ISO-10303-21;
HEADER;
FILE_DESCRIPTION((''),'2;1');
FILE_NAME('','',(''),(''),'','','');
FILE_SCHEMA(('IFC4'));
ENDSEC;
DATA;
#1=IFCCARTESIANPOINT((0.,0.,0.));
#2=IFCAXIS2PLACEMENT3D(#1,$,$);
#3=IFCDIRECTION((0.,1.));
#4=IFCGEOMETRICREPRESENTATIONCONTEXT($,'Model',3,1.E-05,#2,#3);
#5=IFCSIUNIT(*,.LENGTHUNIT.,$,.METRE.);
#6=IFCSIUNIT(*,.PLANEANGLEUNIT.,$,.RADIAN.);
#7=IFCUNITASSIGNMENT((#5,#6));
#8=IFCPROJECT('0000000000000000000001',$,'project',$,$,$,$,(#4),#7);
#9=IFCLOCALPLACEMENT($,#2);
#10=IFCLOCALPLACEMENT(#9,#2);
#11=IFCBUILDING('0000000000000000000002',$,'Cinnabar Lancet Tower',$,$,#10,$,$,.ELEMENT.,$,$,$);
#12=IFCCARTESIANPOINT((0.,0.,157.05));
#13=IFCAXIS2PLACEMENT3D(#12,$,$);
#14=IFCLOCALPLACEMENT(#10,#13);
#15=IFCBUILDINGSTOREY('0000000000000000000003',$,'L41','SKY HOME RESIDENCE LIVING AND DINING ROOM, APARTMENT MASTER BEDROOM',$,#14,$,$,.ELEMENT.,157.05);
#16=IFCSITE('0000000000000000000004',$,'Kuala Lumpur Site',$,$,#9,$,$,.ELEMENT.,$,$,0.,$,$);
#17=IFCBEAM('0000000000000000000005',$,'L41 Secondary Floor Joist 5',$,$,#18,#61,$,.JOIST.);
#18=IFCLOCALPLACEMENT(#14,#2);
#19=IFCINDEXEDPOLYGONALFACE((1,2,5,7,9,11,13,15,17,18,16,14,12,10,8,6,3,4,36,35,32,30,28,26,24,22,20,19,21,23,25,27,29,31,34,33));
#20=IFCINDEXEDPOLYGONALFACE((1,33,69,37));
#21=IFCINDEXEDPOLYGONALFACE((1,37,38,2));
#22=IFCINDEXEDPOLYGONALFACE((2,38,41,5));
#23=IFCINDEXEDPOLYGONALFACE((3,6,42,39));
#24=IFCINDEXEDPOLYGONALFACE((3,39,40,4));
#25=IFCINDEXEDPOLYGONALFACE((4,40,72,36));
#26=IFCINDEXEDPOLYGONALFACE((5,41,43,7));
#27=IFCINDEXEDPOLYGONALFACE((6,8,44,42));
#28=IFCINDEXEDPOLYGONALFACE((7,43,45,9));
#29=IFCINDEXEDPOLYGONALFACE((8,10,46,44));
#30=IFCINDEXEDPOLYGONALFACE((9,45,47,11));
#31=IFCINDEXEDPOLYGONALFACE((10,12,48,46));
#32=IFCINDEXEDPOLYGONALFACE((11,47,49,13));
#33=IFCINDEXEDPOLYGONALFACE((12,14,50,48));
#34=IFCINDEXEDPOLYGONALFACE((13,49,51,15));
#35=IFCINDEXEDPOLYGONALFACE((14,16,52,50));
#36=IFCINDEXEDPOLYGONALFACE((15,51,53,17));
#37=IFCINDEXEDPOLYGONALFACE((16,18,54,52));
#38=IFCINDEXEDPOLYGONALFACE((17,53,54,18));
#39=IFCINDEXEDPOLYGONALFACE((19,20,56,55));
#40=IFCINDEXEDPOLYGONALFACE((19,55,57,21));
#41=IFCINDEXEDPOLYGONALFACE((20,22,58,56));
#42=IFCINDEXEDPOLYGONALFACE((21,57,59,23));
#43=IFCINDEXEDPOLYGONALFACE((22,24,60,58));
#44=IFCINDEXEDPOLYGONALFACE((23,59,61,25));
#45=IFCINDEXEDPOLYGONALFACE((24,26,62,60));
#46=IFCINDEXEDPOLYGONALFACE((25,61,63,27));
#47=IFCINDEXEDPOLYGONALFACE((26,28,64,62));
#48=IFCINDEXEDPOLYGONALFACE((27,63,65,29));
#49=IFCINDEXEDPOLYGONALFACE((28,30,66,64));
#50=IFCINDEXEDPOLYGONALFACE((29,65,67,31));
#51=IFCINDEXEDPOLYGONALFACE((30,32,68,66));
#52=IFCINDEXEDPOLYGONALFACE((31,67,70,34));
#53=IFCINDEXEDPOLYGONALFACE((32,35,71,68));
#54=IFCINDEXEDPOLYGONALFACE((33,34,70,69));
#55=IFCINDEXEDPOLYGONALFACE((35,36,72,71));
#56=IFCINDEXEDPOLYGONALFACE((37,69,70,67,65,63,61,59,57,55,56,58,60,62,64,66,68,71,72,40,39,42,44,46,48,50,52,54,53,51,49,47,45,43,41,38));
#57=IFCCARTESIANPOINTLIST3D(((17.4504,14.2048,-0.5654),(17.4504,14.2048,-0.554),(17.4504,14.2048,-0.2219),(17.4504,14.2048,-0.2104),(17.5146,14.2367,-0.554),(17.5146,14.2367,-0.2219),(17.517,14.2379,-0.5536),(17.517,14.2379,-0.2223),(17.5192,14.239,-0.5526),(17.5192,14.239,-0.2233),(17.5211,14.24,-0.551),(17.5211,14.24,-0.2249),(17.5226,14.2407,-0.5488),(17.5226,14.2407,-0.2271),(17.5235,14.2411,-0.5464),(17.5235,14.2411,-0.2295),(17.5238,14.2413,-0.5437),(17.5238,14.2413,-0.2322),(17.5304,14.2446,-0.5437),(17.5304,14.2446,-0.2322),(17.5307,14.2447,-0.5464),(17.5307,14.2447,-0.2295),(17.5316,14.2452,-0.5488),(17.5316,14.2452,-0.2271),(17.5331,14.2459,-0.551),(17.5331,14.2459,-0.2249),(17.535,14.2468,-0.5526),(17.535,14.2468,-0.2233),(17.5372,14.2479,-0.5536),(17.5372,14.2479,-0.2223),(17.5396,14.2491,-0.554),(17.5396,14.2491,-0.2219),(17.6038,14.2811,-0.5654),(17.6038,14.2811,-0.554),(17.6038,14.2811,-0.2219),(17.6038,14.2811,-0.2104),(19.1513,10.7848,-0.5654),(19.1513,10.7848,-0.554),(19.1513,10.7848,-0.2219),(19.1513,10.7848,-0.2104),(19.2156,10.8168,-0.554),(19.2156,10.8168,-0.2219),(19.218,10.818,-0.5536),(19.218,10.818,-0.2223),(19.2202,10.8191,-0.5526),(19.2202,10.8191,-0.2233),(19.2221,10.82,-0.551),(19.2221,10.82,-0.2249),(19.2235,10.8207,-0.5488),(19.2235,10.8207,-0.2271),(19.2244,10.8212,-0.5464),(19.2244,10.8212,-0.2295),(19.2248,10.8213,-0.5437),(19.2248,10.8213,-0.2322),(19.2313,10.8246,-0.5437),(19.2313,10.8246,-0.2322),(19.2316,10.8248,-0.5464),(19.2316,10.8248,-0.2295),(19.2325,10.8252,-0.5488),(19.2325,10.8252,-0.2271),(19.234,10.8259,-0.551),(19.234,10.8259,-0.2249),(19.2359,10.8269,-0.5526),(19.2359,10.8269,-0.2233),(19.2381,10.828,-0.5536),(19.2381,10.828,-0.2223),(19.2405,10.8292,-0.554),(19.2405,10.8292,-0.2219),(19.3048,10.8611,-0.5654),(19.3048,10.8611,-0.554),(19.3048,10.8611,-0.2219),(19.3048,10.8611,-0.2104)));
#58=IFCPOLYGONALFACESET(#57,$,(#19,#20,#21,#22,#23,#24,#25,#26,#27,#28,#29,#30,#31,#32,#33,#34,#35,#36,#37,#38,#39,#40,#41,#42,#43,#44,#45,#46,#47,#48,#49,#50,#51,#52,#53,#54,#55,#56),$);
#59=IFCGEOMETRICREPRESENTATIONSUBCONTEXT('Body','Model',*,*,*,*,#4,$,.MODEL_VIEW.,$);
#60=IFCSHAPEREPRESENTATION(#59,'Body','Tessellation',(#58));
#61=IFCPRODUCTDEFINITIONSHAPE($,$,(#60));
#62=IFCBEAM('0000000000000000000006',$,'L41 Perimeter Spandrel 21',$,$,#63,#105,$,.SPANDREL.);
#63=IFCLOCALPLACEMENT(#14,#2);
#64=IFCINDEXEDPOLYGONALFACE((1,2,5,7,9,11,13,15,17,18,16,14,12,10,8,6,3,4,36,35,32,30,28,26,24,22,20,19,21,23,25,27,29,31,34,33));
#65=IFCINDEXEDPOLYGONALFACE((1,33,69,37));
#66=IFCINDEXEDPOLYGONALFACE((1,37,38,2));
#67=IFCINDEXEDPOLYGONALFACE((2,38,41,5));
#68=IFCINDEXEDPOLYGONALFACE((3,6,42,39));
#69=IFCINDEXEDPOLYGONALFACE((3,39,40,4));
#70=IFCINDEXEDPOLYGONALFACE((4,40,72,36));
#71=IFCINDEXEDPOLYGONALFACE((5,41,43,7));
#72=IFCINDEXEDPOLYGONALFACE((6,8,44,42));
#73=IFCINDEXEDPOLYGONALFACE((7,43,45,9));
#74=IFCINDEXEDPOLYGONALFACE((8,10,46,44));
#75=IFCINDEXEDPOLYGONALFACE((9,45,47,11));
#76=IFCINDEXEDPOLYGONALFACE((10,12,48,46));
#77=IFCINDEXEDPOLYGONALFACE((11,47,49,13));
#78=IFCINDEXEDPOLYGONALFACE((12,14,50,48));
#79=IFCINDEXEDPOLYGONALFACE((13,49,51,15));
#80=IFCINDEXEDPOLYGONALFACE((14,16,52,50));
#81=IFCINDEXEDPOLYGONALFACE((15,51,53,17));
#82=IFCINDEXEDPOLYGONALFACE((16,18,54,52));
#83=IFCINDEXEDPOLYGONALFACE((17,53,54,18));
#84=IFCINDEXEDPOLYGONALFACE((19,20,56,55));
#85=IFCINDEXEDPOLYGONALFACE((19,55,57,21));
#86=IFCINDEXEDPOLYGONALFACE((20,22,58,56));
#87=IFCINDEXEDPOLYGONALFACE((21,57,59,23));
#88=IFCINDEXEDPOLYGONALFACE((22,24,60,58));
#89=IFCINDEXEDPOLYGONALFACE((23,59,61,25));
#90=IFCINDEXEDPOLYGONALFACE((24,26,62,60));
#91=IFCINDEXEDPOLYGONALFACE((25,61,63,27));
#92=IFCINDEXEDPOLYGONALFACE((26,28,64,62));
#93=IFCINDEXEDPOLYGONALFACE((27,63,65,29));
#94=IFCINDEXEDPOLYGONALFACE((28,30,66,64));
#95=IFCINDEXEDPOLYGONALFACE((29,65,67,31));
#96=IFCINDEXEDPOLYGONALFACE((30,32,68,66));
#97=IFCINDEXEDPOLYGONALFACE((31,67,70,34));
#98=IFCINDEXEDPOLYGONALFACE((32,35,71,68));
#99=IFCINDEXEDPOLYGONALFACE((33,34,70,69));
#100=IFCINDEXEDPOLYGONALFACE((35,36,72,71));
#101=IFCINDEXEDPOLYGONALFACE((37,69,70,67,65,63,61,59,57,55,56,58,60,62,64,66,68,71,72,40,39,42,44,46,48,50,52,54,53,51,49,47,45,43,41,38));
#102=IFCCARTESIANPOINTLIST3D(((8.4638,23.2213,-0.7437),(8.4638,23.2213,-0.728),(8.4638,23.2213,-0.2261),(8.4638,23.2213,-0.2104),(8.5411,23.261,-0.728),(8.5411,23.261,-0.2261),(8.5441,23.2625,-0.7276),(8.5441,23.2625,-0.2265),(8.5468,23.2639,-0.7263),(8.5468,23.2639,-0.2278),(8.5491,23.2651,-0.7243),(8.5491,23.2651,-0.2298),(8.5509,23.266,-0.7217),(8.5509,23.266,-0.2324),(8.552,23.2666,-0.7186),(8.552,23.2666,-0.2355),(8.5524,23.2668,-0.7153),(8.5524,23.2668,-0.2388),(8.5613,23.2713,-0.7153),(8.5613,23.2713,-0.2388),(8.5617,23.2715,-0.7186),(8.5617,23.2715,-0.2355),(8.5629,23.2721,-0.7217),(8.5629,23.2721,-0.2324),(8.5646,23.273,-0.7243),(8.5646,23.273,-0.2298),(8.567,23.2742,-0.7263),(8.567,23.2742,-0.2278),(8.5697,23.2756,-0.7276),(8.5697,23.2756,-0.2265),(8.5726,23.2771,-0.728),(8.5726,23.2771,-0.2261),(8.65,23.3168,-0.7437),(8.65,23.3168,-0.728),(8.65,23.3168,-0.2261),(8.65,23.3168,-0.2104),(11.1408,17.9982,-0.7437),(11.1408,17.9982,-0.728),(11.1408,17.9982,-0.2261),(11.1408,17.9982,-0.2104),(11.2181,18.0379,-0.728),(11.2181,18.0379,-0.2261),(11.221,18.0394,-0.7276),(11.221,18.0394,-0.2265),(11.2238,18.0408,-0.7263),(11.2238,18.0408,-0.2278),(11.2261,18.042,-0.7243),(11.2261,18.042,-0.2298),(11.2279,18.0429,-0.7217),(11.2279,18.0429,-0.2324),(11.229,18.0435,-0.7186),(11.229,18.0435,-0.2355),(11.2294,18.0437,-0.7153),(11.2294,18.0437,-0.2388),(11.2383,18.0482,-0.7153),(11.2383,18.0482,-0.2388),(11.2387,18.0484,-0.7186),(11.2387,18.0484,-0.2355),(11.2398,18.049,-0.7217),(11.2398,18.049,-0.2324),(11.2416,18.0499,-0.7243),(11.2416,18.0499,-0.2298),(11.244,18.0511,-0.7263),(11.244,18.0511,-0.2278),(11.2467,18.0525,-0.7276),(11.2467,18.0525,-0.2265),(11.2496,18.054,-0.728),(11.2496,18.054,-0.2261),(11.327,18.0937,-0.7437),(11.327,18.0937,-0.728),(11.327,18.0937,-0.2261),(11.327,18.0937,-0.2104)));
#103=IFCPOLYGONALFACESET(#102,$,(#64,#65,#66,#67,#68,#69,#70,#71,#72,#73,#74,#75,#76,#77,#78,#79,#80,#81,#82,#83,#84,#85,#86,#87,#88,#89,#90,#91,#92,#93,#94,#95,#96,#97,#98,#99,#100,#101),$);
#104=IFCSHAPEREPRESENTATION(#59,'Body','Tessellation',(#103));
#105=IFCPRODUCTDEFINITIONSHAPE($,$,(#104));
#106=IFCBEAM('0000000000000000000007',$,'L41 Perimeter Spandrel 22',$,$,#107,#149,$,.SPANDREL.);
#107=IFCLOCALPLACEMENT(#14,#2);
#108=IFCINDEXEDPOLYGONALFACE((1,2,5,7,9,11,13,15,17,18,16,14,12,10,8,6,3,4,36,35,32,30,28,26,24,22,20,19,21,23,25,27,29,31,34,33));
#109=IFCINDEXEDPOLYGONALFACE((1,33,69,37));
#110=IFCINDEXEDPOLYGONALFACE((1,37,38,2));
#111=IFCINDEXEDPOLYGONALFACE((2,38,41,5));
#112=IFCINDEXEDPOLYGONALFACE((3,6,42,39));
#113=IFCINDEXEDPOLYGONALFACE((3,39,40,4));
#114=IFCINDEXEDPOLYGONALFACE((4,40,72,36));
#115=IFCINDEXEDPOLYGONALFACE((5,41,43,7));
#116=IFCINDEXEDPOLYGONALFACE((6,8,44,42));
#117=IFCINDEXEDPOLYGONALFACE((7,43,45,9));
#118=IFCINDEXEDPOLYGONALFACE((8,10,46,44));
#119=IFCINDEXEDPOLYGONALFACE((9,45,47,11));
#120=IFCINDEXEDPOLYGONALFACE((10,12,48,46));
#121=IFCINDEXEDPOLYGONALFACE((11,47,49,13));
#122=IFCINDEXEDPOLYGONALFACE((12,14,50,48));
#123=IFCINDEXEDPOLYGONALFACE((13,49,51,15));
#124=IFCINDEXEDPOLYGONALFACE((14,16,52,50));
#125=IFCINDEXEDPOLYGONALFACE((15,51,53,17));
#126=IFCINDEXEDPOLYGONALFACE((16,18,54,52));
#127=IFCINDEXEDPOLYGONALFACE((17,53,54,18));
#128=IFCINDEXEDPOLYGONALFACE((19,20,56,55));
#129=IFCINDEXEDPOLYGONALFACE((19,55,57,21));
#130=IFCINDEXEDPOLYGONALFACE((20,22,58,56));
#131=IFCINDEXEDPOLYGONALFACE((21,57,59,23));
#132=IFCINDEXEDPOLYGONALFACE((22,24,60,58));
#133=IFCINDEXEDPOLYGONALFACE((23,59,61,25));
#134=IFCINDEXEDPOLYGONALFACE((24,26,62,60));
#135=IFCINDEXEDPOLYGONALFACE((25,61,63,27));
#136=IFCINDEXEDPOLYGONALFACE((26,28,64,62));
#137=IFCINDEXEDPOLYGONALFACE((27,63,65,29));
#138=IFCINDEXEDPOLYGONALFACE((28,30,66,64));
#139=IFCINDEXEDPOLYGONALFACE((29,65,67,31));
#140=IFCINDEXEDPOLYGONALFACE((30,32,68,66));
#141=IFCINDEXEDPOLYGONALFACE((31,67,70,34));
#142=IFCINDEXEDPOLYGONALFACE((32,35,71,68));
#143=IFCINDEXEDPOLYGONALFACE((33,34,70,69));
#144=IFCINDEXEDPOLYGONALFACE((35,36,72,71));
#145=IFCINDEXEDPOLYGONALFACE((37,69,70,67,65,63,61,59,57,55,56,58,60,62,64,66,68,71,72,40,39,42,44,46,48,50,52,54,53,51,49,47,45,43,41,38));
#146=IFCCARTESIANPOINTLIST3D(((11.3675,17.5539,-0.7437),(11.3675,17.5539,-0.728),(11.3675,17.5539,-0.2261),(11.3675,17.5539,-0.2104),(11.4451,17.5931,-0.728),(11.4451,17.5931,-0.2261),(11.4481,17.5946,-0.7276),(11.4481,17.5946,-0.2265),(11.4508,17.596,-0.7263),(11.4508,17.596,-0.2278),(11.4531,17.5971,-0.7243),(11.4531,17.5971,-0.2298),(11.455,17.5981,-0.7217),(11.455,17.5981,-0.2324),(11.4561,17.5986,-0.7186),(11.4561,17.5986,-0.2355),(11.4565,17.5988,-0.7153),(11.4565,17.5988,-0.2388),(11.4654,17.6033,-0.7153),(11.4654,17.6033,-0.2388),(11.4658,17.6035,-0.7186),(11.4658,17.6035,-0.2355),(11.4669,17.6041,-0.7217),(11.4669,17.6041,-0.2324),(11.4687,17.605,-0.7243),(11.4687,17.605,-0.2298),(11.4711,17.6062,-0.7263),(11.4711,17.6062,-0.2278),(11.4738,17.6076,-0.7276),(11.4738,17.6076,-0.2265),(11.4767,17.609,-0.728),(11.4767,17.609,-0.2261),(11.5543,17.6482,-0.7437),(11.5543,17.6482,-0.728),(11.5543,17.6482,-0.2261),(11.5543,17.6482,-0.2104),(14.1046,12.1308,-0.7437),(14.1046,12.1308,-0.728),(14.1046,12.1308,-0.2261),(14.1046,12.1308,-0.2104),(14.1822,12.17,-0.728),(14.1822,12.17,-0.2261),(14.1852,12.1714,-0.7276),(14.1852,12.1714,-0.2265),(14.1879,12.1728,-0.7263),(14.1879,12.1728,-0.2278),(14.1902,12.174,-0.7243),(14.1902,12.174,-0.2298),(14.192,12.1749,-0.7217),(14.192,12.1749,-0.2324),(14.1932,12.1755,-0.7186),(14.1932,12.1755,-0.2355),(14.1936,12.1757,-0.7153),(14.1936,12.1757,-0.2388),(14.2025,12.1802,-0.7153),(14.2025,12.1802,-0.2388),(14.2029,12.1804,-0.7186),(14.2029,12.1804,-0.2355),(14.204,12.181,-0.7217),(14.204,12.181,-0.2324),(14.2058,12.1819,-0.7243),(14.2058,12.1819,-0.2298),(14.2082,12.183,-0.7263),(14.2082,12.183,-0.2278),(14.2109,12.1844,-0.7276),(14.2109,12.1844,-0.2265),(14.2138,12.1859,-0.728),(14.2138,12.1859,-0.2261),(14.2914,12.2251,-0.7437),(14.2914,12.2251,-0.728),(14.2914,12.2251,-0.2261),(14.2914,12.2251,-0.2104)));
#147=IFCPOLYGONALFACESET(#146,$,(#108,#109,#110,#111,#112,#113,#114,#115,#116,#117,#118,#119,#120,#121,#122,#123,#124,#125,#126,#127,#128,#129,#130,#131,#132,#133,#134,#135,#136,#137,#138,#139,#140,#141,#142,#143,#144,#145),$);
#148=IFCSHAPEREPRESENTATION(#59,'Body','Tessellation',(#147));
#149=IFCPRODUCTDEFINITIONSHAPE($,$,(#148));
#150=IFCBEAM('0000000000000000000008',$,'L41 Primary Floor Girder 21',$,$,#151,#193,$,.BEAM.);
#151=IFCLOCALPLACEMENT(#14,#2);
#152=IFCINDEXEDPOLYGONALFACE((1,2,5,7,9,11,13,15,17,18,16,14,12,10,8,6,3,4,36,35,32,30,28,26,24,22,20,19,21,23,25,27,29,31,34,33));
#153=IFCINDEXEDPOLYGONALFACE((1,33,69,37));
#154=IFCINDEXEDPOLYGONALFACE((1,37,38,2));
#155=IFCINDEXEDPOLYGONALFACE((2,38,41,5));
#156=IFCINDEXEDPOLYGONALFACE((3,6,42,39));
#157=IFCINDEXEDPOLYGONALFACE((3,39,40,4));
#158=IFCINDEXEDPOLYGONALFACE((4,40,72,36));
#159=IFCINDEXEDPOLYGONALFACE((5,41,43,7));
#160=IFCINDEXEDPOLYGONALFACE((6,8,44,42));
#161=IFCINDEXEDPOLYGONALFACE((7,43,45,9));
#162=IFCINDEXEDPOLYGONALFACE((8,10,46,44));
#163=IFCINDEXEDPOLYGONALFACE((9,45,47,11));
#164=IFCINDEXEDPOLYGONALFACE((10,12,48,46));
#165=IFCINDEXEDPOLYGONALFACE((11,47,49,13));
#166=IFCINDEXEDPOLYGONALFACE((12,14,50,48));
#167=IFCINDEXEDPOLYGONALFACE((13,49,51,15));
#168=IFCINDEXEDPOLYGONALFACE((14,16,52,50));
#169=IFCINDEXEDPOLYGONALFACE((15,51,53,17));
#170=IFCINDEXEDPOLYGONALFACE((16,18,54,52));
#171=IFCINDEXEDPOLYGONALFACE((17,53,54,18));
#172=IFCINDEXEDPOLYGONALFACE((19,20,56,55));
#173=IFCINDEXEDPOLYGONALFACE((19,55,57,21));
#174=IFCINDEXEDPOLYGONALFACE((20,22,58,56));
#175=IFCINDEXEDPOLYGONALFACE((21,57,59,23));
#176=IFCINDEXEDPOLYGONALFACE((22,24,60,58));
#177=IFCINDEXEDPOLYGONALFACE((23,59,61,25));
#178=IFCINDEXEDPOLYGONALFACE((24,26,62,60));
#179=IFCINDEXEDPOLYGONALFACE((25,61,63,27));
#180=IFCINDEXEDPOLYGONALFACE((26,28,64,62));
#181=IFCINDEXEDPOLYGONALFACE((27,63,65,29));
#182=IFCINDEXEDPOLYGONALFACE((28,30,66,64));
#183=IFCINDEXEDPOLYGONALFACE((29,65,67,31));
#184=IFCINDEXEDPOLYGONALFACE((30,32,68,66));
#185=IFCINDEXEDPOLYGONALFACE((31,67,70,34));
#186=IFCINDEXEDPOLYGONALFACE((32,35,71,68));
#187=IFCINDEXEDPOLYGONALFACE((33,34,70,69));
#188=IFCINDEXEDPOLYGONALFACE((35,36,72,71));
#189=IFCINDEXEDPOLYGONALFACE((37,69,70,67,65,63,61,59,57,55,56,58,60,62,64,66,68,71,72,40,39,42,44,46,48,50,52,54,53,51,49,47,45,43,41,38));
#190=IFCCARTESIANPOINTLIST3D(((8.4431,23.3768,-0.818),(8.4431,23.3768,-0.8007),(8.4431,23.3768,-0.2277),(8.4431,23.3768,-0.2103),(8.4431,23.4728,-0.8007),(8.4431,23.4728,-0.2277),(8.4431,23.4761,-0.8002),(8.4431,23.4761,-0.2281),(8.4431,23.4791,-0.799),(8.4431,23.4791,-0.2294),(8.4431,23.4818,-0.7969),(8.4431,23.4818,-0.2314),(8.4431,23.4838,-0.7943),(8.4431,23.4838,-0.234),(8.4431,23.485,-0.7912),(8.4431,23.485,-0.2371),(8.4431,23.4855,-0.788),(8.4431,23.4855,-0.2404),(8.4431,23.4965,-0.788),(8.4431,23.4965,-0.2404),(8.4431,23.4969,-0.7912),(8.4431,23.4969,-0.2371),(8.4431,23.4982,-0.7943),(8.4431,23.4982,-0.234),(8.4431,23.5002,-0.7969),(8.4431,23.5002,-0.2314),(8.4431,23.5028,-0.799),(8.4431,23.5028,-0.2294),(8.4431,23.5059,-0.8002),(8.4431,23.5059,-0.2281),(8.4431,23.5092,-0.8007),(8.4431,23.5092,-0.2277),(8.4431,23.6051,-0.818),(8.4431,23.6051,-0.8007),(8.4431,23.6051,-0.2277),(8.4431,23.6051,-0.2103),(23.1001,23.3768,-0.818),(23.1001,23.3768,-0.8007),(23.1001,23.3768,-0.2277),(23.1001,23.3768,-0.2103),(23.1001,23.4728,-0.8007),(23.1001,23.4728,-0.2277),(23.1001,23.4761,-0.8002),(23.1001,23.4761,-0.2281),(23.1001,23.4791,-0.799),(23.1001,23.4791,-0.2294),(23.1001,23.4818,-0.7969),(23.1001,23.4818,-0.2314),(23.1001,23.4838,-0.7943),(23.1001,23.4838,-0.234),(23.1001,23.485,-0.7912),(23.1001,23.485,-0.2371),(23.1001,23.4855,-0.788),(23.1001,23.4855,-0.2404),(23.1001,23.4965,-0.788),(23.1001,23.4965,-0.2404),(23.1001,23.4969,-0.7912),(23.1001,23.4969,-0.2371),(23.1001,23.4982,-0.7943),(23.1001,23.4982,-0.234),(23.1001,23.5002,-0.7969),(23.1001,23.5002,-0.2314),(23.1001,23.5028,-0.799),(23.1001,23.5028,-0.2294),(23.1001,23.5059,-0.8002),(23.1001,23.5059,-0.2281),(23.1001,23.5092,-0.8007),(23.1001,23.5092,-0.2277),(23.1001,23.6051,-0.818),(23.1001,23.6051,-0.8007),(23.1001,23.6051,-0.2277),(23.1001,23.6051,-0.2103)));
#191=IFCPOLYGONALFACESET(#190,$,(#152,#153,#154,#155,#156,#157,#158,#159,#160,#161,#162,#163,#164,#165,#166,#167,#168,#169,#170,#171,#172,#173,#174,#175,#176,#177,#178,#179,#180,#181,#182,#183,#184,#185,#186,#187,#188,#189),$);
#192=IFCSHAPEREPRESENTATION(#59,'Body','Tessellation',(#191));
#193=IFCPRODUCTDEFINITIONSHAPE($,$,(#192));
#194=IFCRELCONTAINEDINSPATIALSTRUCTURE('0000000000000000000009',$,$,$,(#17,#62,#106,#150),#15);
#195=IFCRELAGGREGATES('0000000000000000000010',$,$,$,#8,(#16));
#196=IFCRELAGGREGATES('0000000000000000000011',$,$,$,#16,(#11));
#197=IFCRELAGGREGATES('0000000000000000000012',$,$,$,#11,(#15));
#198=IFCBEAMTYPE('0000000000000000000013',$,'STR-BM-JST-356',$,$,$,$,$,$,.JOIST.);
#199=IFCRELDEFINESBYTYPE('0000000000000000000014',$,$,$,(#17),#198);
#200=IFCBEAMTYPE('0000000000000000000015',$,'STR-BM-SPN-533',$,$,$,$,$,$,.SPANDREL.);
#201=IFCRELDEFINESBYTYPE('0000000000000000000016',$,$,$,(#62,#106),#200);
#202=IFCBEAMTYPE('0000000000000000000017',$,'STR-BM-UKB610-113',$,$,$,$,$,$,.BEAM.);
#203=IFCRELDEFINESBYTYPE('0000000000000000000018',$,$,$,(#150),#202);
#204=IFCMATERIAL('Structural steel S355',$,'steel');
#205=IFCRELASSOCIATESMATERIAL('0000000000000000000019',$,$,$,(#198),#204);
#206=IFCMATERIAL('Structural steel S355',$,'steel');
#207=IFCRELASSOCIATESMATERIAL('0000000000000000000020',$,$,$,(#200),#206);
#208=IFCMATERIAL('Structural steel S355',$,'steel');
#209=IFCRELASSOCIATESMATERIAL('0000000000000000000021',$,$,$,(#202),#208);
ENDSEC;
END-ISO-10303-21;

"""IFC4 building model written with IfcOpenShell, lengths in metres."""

from ifc_helpers import new_model, si_unit, direction, frame, origin, origin_2d, place, context, subcontext, project, spatial, i_section, extrude, material, material_profile, profile_set, type_object, element, save


model = new_model("IFC4")

# Units and contexts
model_context = context("Model", 3, precision=1e-05, world=origin(), true_north=direction((0.0, 1.0)))
body_context = subcontext(model_context, "Body", "Model", "MODEL_VIEW")
ifc_project = project(units=[si_unit("LENGTHUNIT", "METRE"), si_unit("PLANEANGLEUNIT", "RADIAN")], contexts=[model_context])

# Site, building, storey
site_placement = place(None, origin())
site = spatial("IfcSite", under=ifc_project, at=site_placement, Name="Kuala Lumpur Site", CompositionType="ELEMENT", RefElevation=0.0)
building_placement = place(site_placement, origin())
building = spatial("IfcBuilding", under=site, at=building_placement, Name="Cinnabar Lancet Tower", CompositionType="ELEMENT")
storey_placement = place(building_placement, frame((0.0, 0.0, 157.05)))
storey = spatial("IfcBuildingStorey", under=building, at=storey_placement, Name="L41", Description="SKY HOME RESIDENCE LIVING AND DINING ROOM, APARTMENT MASTER BEDROOM", CompositionType="ELEMENT", Elevation=157.05)

# Beams
ifc_material_1 = material(Name="Structural steel S355", Category="steel")
ifc_material_profile_1 = material_profile(ifc_material_1, i_section(OverallWidth=0.1714, OverallDepth=0.355, WebThickness=0.0073, FlangeThickness=0.0115, FilletRadius=0.0103, at=origin_2d()), Name="UKB 356x171x51")
ifc_profile_set_1 = profile_set([ifc_material_profile_1], Name="Structural steel S355")
beam_type_1 = type_object("IfcBeamType", Name="STR-BM-JST-356", PredefinedType="JOIST", material=ifc_profile_set_1)
beam_1_placement = place(storey_placement, frame((17.5271, 14.2429, -0.3879), z_axis=(0.445321, -0.895371, 0.0), x_axis=(0.895371, 0.445321, 0.0)))
element("IfcBeam", 1, at=beam_1_placement, inside=storey, type_object=beam_type_1, Name="L41 Secondary Floor Joist 5", PredefinedType="JOIST", context=body_context, shape_type="SweptSolid", body=[
    extrude(i_section(OverallWidth=0.1714, OverallDepth=0.355, WebThickness=0.0073, FlangeThickness=0.0115, FilletRadius=0.0103, at=origin_2d()), origin(), (0.0, 0.0, 1.0), 3.8196),
])
ifc_material_2 = material(Name="Structural steel S355", Category="steel")
ifc_material_profile_2 = material_profile(ifc_material_2, i_section(OverallWidth=0.2092, OverallDepth=0.5332, WebThickness=0.01, FlangeThickness=0.0156, FilletRadius=0.0127, at=origin_2d()), Name="UKB 533x210x92")
ifc_profile_set_2 = profile_set([ifc_material_profile_2], Name="Structural steel S355")
beam_type_2 = type_object("IfcBeamType", Name="STR-BM-SPN-533", PredefinedType="SPANDREL", material=ifc_profile_set_2)
beam_2_placement = place(storey_placement, frame((8.5569, 23.269, -0.4771), z_axis=(0.45611, -0.889924, 0.0), x_axis=(0.889924, 0.45611, 0.0)))
element("IfcBeam", 2, at=beam_2_placement, inside=storey, type_object=beam_type_2, Name="L41 Perimeter Spandrel 21", PredefinedType="SPANDREL", context=body_context, shape_type="SweptSolid", body=[
    extrude(i_section(OverallWidth=0.2092, OverallDepth=0.5332, WebThickness=0.01, FlangeThickness=0.0156, FilletRadius=0.0127, at=origin_2d()), origin(), (0.0, 0.0, 1.0), 5.8691),
])
beam_3_placement = place(storey_placement, frame((11.4609, 17.6011, -0.4771), z_axis=(0.45057, -0.892741, 0.0), x_axis=(0.892741, 0.45057, 0.0)))
element("IfcBeam", 3, at=beam_3_placement, inside=storey, type_object=beam_type_2, Name="L41 Perimeter Spandrel 22", PredefinedType="SPANDREL", context=body_context, shape_type="SweptSolid", body=[
    extrude(i_section(OverallWidth=0.2092, OverallDepth=0.5332, WebThickness=0.01, FlangeThickness=0.0156, FilletRadius=0.0127, at=origin_2d()), origin(), (0.0, 0.0, 1.0), 6.0747),
])
ifc_material_3 = material(Name="Structural steel S355", Category="steel")
ifc_material_profile_3 = material_profile(ifc_material_3, i_section(OverallWidth=0.2283, OverallDepth=0.6077, WebThickness=0.011, FlangeThickness=0.0173, FilletRadius=0.0127, at=origin_2d()), Name="UKB 610x229x113")
ifc_profile_set_3 = profile_set([ifc_material_profile_3], Name="Structural steel S355")
beam_type_3 = type_object("IfcBeamType", Name="STR-BM-UKB610-113", PredefinedType="BEAM", material=ifc_profile_set_3)
beam_4_placement = place(storey_placement, frame((8.4431, 23.491, -0.5142), z_axis=(1.0, 0.0, 0.0), x_axis=(0.0, 1.0, 0.0)))
element("IfcBeam", 4, at=beam_4_placement, inside=storey, type_object=beam_type_3, Name="L41 Primary Floor Girder 21", PredefinedType="BEAM", context=body_context, shape_type="SweptSolid", body=[
    extrude(i_section(OverallWidth=0.2283, OverallDepth=0.6077, WebThickness=0.011, FlangeThickness=0.0173, FilletRadius=0.0127, at=origin_2d()), origin(), (0.0, 0.0, 1.0), 14.657),
])

save(model, "model.ifc")
